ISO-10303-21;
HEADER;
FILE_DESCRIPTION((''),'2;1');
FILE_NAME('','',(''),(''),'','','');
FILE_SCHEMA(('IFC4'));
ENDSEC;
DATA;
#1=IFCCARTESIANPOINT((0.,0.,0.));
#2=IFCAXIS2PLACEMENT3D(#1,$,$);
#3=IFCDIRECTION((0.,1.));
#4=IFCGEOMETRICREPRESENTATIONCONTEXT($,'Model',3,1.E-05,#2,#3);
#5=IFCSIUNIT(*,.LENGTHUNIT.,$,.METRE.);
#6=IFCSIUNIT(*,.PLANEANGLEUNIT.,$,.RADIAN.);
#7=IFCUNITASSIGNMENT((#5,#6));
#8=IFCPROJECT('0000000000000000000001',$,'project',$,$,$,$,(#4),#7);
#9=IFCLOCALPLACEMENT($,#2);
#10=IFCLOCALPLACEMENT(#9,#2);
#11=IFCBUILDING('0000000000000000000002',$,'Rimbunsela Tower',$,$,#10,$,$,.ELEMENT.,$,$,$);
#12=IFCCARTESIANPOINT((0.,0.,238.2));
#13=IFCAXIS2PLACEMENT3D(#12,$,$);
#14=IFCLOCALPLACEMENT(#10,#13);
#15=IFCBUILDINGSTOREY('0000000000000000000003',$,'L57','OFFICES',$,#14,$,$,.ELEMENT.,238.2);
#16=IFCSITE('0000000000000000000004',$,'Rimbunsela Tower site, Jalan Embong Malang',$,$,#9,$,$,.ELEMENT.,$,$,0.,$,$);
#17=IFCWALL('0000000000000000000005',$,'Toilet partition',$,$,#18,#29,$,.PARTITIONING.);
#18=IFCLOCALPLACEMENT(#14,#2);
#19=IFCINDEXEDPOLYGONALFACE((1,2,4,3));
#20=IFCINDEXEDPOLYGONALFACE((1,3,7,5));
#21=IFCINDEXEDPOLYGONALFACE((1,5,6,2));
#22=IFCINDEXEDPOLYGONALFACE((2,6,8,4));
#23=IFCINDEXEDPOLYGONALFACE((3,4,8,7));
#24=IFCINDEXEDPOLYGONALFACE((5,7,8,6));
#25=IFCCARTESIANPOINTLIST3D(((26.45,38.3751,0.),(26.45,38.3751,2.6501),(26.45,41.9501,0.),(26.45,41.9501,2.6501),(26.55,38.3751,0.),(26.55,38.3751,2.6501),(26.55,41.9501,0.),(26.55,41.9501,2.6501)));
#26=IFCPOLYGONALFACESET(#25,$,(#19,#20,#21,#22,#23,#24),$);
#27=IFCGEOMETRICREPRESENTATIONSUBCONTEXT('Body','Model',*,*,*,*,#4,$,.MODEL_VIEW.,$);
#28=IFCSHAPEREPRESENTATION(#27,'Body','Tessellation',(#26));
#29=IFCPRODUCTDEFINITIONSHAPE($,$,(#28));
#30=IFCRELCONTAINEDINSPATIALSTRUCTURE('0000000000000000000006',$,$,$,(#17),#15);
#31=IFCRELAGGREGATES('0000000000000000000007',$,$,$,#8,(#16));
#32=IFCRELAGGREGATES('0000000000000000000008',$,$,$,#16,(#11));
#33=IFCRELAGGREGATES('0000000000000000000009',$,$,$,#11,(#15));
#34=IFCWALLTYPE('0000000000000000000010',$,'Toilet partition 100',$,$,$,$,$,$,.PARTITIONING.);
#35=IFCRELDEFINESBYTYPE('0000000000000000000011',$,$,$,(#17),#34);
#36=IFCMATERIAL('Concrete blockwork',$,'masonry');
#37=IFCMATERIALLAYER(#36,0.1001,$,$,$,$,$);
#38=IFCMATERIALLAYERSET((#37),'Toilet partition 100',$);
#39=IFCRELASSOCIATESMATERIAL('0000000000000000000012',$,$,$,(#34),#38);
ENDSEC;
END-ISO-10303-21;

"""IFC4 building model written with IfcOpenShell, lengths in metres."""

from ifc_helpers import new_model, si_unit, direction, frame, frame_2d, origin, place, context, subcontext, project, spatial, rectangle, extrude, material, layer, layer_set, type_object, element, save


model = new_model("IFC4")

# Units and contexts
model_context = context("Model", 3, precision=1e-05, world=origin(), true_north=direction((0.0, 1.0)))
body_context = subcontext(model_context, "Body", "Model", "MODEL_VIEW")
ifc_project = project(units=[si_unit("LENGTHUNIT", "METRE"), si_unit("PLANEANGLEUNIT", "RADIAN")], contexts=[model_context])

# Site, building, storey
site_placement = place(None, origin())
site = spatial("IfcSite", under=ifc_project, at=site_placement, Name="Rimbunsela Tower site, Jalan Embong Malang", CompositionType="ELEMENT", RefElevation=0.0)
building_placement = place(site_placement, origin())
building = spatial("IfcBuilding", under=site, at=building_placement, Name="Rimbunsela Tower", CompositionType="ELEMENT")
storey_placement = place(building_placement, frame((0.0, 0.0, 238.2)))
storey = spatial("IfcBuildingStorey", under=building, at=storey_placement, Name="L57", Description="OFFICES", CompositionType="ELEMENT", Elevation=238.2)

# Wall
ifc_material_1 = material(Name="Concrete blockwork", Category="masonry")
ifc_layer_1 = layer(ifc_material_1, 0.1001)
ifc_layer_set_1 = layer_set([ifc_layer_1], Name="Toilet partition 100")
wall_type_1 = type_object("IfcWallType", Name="Toilet partition 100", PredefinedType="PARTITIONING", material=ifc_layer_set_1)
wall_1_placement = place(storey_placement, frame((26.5, 38.375, 0.0), z_axis=(0.0, 0.0, 1.0), x_axis=(0.0, 1.0, 0.0)))
element("IfcWall", 1, at=wall_1_placement, inside=storey, type_object=wall_type_1, Name="Toilet partition", PredefinedType="PARTITIONING", context=body_context, shape_type="SweptSolid", body=[
    extrude(rectangle(XDim=3.575, YDim=0.1001, at=frame_2d((1.7876, 0.0))), origin(), (0.0, 0.0, 1.0), 2.6501),
])

save(model, "model.ifc")
